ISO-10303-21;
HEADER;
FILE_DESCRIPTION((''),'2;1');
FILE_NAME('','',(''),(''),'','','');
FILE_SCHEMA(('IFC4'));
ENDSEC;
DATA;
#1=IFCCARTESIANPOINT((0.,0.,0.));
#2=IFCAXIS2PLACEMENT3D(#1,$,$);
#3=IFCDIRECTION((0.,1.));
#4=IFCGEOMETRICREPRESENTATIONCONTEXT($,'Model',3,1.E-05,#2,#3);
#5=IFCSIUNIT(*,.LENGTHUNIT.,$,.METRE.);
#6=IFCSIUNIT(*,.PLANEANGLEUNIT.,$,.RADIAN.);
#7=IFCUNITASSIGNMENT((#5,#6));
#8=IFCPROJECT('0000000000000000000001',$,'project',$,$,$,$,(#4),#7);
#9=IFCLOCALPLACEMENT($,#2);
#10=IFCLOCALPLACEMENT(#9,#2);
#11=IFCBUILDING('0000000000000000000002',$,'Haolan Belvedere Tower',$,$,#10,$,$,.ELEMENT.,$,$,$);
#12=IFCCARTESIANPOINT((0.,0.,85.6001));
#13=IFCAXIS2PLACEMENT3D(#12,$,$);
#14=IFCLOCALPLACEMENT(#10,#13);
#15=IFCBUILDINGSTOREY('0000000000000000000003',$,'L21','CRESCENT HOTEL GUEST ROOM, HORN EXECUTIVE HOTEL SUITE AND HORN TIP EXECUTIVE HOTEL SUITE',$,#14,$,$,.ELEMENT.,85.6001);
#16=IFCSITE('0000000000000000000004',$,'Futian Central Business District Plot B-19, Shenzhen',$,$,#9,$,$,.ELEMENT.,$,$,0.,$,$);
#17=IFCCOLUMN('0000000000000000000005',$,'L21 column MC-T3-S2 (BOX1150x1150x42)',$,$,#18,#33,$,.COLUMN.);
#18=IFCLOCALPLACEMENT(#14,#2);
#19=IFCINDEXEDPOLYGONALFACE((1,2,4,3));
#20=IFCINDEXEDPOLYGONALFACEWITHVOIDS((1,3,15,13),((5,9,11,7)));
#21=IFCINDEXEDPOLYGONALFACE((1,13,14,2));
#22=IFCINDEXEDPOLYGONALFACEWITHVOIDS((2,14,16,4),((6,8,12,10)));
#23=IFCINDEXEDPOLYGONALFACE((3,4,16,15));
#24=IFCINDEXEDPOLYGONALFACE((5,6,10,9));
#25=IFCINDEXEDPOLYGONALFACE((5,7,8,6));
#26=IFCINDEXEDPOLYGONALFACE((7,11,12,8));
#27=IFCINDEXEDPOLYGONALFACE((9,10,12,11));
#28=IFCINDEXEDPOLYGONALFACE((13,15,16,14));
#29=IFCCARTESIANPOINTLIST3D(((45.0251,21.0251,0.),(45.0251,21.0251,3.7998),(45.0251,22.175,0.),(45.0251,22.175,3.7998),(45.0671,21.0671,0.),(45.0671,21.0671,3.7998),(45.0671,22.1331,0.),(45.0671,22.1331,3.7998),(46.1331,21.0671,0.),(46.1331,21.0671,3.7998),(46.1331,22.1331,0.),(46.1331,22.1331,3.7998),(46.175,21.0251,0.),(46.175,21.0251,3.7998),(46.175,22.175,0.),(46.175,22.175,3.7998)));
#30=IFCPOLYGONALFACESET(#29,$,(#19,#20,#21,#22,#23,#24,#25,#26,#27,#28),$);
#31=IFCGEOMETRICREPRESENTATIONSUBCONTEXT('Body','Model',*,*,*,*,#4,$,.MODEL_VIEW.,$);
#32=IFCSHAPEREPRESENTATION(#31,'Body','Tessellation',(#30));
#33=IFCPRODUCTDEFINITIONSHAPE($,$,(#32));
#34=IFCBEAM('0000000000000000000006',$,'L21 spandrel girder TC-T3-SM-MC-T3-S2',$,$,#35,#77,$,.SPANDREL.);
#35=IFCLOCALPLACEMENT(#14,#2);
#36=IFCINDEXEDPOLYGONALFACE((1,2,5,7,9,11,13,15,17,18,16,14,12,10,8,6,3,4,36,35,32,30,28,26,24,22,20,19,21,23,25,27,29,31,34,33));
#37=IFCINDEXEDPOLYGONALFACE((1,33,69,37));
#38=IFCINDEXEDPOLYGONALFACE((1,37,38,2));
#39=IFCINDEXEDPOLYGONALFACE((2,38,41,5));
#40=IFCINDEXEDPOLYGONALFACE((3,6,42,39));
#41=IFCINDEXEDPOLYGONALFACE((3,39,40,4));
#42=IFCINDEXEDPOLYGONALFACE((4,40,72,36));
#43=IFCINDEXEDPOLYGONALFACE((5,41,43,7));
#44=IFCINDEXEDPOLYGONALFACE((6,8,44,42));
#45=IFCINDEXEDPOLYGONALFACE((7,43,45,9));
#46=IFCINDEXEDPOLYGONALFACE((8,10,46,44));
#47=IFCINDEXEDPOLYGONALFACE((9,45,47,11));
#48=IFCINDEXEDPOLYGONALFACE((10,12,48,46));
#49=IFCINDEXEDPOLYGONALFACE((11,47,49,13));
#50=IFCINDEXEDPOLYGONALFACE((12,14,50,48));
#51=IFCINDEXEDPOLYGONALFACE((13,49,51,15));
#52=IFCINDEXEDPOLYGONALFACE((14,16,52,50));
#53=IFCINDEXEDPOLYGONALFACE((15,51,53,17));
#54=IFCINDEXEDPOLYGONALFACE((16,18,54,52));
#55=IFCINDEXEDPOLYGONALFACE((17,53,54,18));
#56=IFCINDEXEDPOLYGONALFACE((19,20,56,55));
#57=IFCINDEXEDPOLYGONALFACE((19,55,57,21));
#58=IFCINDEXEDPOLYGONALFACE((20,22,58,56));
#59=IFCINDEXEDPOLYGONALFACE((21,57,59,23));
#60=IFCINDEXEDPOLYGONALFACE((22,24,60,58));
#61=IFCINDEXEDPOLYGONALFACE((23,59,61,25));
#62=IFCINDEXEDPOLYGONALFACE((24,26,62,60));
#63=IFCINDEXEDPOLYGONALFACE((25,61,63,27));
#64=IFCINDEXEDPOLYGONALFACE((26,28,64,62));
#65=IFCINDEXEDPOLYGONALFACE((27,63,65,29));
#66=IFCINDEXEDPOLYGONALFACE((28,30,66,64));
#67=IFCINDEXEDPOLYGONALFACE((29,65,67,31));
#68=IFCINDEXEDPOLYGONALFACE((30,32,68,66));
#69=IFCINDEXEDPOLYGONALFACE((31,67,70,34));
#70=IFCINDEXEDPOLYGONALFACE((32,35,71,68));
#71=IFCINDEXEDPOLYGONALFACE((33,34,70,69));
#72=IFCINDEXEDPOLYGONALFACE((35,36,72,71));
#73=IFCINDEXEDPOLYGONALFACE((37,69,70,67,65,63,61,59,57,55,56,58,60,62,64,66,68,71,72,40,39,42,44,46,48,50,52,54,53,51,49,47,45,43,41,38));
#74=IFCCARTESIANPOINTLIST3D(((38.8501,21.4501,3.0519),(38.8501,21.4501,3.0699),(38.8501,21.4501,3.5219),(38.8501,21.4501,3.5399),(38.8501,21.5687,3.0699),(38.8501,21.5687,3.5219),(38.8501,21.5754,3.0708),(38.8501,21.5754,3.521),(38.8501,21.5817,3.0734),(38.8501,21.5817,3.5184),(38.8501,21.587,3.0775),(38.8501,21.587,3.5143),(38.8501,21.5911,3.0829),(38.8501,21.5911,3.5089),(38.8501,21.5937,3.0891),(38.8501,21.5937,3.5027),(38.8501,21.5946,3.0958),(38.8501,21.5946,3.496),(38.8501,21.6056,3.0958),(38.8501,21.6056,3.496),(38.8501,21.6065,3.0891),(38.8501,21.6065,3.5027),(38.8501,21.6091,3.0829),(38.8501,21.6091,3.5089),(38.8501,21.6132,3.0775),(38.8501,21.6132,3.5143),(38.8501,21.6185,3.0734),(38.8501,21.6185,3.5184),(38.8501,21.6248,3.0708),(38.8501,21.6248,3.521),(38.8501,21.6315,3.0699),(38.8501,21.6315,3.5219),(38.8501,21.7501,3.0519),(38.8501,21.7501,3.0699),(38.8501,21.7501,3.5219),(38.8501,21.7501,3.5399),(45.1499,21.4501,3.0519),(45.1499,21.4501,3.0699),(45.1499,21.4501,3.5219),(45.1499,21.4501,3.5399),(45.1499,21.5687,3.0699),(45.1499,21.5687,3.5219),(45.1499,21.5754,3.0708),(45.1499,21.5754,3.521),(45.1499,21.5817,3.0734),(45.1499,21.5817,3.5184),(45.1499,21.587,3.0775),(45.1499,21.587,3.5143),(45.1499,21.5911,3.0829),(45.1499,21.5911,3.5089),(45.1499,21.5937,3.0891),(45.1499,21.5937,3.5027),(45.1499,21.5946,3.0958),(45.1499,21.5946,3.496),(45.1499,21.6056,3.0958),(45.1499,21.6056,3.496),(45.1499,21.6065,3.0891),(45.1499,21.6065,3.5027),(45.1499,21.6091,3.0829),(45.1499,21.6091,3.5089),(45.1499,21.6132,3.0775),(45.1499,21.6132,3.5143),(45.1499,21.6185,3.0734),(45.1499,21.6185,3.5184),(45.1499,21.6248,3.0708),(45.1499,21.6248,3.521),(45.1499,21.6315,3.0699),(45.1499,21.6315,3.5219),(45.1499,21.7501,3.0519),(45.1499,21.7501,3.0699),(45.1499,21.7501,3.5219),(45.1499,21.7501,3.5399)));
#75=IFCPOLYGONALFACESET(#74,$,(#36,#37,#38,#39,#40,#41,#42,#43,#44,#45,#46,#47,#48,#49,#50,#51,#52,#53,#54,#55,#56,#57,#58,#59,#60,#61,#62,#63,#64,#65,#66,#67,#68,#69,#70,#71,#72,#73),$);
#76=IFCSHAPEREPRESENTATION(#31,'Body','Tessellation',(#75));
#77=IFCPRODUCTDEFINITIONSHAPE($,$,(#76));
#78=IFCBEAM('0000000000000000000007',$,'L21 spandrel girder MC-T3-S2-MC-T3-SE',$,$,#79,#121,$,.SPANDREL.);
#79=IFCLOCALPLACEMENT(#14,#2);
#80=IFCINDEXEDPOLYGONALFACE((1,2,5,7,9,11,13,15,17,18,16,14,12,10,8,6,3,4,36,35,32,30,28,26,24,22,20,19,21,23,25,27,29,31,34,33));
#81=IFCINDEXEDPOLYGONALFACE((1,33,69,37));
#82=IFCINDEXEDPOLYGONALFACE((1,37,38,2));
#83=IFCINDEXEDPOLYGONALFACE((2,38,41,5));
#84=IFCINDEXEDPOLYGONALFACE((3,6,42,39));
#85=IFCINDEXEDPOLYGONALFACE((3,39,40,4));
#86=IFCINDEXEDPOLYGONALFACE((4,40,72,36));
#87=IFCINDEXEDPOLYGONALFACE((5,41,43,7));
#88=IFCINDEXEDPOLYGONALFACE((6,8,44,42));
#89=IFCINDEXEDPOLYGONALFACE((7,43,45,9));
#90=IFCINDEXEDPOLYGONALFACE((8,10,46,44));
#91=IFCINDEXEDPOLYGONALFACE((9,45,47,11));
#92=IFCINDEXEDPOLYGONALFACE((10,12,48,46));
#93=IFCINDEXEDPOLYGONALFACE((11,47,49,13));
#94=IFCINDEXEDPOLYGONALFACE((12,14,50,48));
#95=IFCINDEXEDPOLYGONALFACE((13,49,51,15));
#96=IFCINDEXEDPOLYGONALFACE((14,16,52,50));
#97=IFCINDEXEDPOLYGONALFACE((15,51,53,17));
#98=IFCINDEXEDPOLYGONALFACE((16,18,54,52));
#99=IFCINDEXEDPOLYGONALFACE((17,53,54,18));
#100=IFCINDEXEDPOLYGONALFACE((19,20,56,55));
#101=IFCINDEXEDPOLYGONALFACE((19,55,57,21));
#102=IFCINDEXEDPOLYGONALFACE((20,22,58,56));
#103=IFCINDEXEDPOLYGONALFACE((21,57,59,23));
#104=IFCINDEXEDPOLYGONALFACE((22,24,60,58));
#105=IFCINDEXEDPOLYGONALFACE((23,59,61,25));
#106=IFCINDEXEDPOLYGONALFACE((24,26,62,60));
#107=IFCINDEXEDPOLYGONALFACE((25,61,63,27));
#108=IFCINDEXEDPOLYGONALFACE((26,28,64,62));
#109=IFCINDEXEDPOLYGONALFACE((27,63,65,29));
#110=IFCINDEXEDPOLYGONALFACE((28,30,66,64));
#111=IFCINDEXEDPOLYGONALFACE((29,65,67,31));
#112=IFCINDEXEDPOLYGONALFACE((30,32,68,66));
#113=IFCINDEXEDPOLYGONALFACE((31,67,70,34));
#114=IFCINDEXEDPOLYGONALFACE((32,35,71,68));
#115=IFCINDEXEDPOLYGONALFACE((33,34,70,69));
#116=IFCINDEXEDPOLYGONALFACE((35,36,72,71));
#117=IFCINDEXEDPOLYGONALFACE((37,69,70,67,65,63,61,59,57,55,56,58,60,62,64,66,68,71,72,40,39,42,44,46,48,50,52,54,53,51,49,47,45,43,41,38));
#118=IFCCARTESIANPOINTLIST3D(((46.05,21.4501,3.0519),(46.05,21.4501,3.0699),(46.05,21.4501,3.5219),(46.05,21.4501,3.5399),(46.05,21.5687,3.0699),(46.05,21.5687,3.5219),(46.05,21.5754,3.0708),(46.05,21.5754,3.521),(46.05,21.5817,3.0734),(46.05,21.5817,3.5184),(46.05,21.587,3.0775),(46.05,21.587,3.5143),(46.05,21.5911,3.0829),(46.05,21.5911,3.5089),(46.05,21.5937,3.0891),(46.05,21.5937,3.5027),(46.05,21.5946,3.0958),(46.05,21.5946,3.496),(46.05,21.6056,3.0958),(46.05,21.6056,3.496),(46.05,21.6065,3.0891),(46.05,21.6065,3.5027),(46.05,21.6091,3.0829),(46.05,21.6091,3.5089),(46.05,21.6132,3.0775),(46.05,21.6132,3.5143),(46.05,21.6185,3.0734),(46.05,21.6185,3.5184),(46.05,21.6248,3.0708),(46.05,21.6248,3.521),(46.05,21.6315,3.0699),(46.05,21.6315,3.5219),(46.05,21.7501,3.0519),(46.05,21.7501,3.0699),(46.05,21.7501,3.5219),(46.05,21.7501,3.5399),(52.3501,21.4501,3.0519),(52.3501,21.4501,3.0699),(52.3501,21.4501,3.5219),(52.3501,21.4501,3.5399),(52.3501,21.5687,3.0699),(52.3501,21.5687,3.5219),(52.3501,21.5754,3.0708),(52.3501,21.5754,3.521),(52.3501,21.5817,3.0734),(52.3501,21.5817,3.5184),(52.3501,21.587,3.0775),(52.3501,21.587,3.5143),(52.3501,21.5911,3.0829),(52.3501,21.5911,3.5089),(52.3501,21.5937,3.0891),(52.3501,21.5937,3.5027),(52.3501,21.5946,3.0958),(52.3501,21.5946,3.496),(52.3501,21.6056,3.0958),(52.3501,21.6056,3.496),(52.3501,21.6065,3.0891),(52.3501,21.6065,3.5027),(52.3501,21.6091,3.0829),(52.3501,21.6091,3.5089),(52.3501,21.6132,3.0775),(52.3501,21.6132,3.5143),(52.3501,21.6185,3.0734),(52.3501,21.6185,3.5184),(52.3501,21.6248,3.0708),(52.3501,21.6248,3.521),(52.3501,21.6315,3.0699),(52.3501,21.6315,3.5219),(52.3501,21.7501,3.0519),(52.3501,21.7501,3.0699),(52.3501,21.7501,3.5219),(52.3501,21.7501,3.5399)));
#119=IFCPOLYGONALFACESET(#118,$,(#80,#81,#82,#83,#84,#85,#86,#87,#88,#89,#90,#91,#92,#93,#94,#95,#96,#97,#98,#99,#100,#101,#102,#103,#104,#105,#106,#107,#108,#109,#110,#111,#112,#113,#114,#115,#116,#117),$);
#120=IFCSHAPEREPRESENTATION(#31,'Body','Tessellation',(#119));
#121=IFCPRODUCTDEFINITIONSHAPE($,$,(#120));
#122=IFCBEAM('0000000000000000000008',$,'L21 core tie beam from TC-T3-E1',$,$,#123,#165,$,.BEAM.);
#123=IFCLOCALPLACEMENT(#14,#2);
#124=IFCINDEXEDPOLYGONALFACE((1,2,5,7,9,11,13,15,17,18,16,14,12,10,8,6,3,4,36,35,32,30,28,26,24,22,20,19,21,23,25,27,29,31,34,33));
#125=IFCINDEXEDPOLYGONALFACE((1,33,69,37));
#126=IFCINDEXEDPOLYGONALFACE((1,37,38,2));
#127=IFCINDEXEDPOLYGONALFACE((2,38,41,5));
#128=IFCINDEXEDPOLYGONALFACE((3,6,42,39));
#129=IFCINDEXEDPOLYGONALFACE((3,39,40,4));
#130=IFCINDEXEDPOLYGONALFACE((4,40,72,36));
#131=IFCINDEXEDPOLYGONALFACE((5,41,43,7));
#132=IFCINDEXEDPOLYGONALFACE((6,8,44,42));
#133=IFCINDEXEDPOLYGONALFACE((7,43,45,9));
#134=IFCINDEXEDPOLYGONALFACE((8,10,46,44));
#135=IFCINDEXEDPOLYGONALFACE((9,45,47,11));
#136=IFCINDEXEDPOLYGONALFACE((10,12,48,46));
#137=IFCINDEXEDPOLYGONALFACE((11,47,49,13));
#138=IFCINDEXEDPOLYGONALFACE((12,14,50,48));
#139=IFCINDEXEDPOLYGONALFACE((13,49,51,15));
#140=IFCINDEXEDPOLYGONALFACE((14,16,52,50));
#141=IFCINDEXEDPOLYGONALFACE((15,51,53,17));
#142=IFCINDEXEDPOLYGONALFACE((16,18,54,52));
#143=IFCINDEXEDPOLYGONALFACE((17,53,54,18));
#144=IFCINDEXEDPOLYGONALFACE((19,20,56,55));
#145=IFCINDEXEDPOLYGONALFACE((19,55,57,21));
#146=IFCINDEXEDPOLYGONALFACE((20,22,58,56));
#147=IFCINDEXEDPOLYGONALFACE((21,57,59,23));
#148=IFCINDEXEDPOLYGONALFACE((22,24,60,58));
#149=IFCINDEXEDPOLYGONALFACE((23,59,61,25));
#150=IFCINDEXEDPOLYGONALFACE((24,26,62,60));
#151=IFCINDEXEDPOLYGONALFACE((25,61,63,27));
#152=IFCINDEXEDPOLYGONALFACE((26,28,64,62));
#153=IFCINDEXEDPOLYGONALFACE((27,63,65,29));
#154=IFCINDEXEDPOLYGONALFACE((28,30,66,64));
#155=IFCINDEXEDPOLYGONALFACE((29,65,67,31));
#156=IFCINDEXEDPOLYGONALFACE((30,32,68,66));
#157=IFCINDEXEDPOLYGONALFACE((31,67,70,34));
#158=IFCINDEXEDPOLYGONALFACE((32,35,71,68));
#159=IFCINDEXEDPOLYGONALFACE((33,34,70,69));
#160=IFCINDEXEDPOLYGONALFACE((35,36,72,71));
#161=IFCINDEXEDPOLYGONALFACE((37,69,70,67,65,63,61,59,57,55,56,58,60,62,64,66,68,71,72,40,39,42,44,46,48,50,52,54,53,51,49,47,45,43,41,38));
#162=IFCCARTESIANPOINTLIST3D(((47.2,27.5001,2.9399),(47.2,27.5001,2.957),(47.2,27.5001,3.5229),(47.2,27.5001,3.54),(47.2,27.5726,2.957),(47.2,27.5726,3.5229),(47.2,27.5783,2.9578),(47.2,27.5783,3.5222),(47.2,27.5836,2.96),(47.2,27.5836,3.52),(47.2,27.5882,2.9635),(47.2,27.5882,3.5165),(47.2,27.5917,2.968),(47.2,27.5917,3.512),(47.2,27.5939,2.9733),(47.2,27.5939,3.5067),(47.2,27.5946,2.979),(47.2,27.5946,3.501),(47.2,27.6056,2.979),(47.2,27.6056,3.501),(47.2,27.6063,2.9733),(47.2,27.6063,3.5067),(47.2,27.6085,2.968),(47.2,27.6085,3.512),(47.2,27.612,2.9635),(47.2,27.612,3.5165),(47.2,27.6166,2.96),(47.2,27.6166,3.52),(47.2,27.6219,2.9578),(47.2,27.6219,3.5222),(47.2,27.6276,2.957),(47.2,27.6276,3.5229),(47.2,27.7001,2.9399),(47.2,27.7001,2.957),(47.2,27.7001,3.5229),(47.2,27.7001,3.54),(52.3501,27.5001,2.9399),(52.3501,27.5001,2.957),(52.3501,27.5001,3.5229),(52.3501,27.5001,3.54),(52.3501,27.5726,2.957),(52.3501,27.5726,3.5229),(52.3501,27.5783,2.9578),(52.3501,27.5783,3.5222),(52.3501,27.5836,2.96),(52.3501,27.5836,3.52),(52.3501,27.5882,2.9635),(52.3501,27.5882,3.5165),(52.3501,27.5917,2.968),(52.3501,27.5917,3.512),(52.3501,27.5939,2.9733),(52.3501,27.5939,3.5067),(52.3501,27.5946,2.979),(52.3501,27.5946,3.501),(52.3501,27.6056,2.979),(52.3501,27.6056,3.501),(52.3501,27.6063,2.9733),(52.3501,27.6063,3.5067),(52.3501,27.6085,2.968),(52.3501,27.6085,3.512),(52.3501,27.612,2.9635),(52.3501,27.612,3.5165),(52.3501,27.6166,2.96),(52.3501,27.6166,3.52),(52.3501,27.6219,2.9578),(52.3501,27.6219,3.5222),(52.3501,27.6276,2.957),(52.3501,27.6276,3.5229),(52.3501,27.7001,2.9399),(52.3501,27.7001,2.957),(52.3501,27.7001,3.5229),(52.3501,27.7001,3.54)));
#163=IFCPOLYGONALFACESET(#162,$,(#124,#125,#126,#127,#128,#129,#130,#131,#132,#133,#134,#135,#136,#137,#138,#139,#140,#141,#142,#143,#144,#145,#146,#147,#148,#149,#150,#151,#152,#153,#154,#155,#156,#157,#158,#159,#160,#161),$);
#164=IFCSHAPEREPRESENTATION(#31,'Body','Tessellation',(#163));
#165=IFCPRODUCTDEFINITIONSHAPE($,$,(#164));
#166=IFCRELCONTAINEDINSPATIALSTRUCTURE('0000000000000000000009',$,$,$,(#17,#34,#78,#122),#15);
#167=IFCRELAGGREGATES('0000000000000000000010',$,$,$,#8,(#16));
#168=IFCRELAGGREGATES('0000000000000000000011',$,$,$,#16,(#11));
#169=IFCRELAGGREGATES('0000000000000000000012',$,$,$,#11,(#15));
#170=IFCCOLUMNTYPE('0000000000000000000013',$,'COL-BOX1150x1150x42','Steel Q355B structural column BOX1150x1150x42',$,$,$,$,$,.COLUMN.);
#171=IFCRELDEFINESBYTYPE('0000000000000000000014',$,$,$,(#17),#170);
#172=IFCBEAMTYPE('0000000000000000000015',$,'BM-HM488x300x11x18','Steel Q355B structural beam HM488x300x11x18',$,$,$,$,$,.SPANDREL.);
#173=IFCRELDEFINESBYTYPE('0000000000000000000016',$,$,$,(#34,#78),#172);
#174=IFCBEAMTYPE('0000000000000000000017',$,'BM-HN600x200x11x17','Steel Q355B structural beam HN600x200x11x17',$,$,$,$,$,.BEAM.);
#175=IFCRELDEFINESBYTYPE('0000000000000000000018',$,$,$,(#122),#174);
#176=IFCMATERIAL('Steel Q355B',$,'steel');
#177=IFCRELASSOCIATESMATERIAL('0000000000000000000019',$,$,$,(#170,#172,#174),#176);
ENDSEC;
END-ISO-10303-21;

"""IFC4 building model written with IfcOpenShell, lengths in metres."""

from ifc_helpers import new_model, si_unit, direction, frame, origin, origin_2d, place, context, subcontext, project, spatial, hollow_rectangle, i_section, extrude, material, material_profile, profile_set, type_object, element, save


model = new_model("IFC4")

# Units and contexts
model_context = context("Model", 3, precision=1e-05, world=origin(), true_north=direction((0.0, 1.0)))
body_context = subcontext(model_context, "Body", "Model", "MODEL_VIEW")
ifc_project = project(units=[si_unit("LENGTHUNIT", "METRE"), si_unit("PLANEANGLEUNIT", "RADIAN")], contexts=[model_context])

# Site, building, storey
site_placement = place(None, origin())
site = spatial("IfcSite", under=ifc_project, at=site_placement, Name="Futian Central Business District Plot B-19, Shenzhen", CompositionType="ELEMENT", RefElevation=0.0)
building_placement = place(site_placement, origin())
building = spatial("IfcBuilding", under=site, at=building_placement, Name="Haolan Belvedere Tower", CompositionType="ELEMENT")
storey_placement = place(building_placement, frame((0.0, 0.0, 85.6001)))
storey = spatial("IfcBuildingStorey", under=building, at=storey_placement, Name="L21", Description="CRESCENT HOTEL GUEST ROOM, HORN EXECUTIVE HOTEL SUITE AND HORN TIP EXECUTIVE HOTEL SUITE", CompositionType="ELEMENT", Elevation=85.6001)

# Column
ifc_material_1 = material(Name="Steel Q355B", Category="steel")
ifc_material_profile_1 = material_profile(ifc_material_1, hollow_rectangle(XDim=1.1499, YDim=1.1499, WallThickness=0.042, at=origin_2d()), Name="Steel Q355B")
ifc_profile_set_1 = profile_set([ifc_material_profile_1], Name="Steel Q355B")
column_type = type_object("IfcColumnType", Name="COL-BOX1150x1150x42", Description="Steel Q355B structural column BOX1150x1150x42", PredefinedType="COLUMN", material=ifc_profile_set_1)
column_placement = place(storey_placement, frame((45.6001, 21.6001, 0.0), z_axis=(0.0, 0.0, 1.0), x_axis=(1.0, 0.0, 0.0)))
element("IfcColumn", 1, at=column_placement, inside=storey, type_object=column_type, Name="L21 column MC-T3-S2 (BOX1150x1150x42)", PredefinedType="COLUMN", context=body_context, shape_type="SweptSolid", body=[
    extrude(hollow_rectangle(XDim=1.1499, YDim=1.1499, WallThickness=0.042, at=origin_2d()), origin(), (0.0, 0.0, 1.0), 3.7998),
])

# Beams
ifc_material_profile_2 = material_profile(ifc_material_1, i_section(OverallWidth=0.3, OverallDepth=0.488, WebThickness=0.011, FlangeThickness=0.0181, FilletRadius=0.0259, at=origin_2d()), Name="Steel Q355B")
ifc_profile_set_2 = profile_set([ifc_material_profile_2], Name="Steel Q355B")
beam_type_1 = type_object("IfcBeamType", Name="BM-HM488x300x11x18", Description="Steel Q355B structural beam HM488x300x11x18", PredefinedType="SPANDREL", material=ifc_profile_set_2)
beam_1_placement = place(storey_placement, frame((38.8501, 21.6001, 3.2959), z_axis=(1.0, 0.0, 0.0), x_axis=(0.0, 1.0, 0.0)))
element("IfcBeam", 2, at=beam_1_placement, inside=storey, type_object=beam_type_1, Name="L21 spandrel girder TC-T3-SM-MC-T3-S2", PredefinedType="SPANDREL", context=body_context, shape_type="SweptSolid", body=[
    extrude(i_section(OverallWidth=0.3, OverallDepth=0.488, WebThickness=0.011, FlangeThickness=0.0181, FilletRadius=0.0259, at=origin_2d()), origin(), (0.0, 0.0, 1.0), 6.2998),
])
beam_2_placement = place(storey_placement, frame((46.05, 21.6001, 3.2959), z_axis=(1.0, 0.0, 0.0), x_axis=(0.0, 1.0, 0.0)))
element("IfcBeam", 3, at=beam_2_placement, inside=storey, type_object=beam_type_1, Name="L21 spandrel girder MC-T3-S2-MC-T3-SE", PredefinedType="SPANDREL", context=body_context, shape_type="SweptSolid", body=[
    extrude(i_section(OverallWidth=0.3, OverallDepth=0.488, WebThickness=0.011, FlangeThickness=0.0181, FilletRadius=0.0259, at=origin_2d()), origin(), (0.0, 0.0, 1.0), 6.3),
])
ifc_material_profile_3 = material_profile(ifc_material_1, i_section(OverallWidth=0.2, OverallDepth=0.6001, WebThickness=0.011, FlangeThickness=0.0171, FilletRadius=0.022, at=origin_2d()), Name="Steel Q355B")
ifc_profile_set_3 = profile_set([ifc_material_profile_3], Name="Steel Q355B")
beam_type_2 = type_object("IfcBeamType", Name="BM-HN600x200x11x17", Description="Steel Q355B structural beam HN600x200x11x17", PredefinedType="BEAM", material=ifc_profile_set_3)
beam_3_placement = place(storey_placement, frame((52.3501, 27.6001, 3.24), z_axis=(-1.0, 0.0, 0.0), x_axis=(0.0, -1.0, 0.0)))
element("IfcBeam", 4, at=beam_3_placement, inside=storey, type_object=beam_type_2, Name="L21 core tie beam from TC-T3-E1", PredefinedType="BEAM", context=body_context, shape_type="SweptSolid", body=[
    extrude(i_section(OverallWidth=0.2, OverallDepth=0.6001, WebThickness=0.011, FlangeThickness=0.0171, FilletRadius=0.022, at=origin_2d()), origin(), (0.0, 0.0, 1.0), 5.1501),
])

save(model, "model.ifc")
